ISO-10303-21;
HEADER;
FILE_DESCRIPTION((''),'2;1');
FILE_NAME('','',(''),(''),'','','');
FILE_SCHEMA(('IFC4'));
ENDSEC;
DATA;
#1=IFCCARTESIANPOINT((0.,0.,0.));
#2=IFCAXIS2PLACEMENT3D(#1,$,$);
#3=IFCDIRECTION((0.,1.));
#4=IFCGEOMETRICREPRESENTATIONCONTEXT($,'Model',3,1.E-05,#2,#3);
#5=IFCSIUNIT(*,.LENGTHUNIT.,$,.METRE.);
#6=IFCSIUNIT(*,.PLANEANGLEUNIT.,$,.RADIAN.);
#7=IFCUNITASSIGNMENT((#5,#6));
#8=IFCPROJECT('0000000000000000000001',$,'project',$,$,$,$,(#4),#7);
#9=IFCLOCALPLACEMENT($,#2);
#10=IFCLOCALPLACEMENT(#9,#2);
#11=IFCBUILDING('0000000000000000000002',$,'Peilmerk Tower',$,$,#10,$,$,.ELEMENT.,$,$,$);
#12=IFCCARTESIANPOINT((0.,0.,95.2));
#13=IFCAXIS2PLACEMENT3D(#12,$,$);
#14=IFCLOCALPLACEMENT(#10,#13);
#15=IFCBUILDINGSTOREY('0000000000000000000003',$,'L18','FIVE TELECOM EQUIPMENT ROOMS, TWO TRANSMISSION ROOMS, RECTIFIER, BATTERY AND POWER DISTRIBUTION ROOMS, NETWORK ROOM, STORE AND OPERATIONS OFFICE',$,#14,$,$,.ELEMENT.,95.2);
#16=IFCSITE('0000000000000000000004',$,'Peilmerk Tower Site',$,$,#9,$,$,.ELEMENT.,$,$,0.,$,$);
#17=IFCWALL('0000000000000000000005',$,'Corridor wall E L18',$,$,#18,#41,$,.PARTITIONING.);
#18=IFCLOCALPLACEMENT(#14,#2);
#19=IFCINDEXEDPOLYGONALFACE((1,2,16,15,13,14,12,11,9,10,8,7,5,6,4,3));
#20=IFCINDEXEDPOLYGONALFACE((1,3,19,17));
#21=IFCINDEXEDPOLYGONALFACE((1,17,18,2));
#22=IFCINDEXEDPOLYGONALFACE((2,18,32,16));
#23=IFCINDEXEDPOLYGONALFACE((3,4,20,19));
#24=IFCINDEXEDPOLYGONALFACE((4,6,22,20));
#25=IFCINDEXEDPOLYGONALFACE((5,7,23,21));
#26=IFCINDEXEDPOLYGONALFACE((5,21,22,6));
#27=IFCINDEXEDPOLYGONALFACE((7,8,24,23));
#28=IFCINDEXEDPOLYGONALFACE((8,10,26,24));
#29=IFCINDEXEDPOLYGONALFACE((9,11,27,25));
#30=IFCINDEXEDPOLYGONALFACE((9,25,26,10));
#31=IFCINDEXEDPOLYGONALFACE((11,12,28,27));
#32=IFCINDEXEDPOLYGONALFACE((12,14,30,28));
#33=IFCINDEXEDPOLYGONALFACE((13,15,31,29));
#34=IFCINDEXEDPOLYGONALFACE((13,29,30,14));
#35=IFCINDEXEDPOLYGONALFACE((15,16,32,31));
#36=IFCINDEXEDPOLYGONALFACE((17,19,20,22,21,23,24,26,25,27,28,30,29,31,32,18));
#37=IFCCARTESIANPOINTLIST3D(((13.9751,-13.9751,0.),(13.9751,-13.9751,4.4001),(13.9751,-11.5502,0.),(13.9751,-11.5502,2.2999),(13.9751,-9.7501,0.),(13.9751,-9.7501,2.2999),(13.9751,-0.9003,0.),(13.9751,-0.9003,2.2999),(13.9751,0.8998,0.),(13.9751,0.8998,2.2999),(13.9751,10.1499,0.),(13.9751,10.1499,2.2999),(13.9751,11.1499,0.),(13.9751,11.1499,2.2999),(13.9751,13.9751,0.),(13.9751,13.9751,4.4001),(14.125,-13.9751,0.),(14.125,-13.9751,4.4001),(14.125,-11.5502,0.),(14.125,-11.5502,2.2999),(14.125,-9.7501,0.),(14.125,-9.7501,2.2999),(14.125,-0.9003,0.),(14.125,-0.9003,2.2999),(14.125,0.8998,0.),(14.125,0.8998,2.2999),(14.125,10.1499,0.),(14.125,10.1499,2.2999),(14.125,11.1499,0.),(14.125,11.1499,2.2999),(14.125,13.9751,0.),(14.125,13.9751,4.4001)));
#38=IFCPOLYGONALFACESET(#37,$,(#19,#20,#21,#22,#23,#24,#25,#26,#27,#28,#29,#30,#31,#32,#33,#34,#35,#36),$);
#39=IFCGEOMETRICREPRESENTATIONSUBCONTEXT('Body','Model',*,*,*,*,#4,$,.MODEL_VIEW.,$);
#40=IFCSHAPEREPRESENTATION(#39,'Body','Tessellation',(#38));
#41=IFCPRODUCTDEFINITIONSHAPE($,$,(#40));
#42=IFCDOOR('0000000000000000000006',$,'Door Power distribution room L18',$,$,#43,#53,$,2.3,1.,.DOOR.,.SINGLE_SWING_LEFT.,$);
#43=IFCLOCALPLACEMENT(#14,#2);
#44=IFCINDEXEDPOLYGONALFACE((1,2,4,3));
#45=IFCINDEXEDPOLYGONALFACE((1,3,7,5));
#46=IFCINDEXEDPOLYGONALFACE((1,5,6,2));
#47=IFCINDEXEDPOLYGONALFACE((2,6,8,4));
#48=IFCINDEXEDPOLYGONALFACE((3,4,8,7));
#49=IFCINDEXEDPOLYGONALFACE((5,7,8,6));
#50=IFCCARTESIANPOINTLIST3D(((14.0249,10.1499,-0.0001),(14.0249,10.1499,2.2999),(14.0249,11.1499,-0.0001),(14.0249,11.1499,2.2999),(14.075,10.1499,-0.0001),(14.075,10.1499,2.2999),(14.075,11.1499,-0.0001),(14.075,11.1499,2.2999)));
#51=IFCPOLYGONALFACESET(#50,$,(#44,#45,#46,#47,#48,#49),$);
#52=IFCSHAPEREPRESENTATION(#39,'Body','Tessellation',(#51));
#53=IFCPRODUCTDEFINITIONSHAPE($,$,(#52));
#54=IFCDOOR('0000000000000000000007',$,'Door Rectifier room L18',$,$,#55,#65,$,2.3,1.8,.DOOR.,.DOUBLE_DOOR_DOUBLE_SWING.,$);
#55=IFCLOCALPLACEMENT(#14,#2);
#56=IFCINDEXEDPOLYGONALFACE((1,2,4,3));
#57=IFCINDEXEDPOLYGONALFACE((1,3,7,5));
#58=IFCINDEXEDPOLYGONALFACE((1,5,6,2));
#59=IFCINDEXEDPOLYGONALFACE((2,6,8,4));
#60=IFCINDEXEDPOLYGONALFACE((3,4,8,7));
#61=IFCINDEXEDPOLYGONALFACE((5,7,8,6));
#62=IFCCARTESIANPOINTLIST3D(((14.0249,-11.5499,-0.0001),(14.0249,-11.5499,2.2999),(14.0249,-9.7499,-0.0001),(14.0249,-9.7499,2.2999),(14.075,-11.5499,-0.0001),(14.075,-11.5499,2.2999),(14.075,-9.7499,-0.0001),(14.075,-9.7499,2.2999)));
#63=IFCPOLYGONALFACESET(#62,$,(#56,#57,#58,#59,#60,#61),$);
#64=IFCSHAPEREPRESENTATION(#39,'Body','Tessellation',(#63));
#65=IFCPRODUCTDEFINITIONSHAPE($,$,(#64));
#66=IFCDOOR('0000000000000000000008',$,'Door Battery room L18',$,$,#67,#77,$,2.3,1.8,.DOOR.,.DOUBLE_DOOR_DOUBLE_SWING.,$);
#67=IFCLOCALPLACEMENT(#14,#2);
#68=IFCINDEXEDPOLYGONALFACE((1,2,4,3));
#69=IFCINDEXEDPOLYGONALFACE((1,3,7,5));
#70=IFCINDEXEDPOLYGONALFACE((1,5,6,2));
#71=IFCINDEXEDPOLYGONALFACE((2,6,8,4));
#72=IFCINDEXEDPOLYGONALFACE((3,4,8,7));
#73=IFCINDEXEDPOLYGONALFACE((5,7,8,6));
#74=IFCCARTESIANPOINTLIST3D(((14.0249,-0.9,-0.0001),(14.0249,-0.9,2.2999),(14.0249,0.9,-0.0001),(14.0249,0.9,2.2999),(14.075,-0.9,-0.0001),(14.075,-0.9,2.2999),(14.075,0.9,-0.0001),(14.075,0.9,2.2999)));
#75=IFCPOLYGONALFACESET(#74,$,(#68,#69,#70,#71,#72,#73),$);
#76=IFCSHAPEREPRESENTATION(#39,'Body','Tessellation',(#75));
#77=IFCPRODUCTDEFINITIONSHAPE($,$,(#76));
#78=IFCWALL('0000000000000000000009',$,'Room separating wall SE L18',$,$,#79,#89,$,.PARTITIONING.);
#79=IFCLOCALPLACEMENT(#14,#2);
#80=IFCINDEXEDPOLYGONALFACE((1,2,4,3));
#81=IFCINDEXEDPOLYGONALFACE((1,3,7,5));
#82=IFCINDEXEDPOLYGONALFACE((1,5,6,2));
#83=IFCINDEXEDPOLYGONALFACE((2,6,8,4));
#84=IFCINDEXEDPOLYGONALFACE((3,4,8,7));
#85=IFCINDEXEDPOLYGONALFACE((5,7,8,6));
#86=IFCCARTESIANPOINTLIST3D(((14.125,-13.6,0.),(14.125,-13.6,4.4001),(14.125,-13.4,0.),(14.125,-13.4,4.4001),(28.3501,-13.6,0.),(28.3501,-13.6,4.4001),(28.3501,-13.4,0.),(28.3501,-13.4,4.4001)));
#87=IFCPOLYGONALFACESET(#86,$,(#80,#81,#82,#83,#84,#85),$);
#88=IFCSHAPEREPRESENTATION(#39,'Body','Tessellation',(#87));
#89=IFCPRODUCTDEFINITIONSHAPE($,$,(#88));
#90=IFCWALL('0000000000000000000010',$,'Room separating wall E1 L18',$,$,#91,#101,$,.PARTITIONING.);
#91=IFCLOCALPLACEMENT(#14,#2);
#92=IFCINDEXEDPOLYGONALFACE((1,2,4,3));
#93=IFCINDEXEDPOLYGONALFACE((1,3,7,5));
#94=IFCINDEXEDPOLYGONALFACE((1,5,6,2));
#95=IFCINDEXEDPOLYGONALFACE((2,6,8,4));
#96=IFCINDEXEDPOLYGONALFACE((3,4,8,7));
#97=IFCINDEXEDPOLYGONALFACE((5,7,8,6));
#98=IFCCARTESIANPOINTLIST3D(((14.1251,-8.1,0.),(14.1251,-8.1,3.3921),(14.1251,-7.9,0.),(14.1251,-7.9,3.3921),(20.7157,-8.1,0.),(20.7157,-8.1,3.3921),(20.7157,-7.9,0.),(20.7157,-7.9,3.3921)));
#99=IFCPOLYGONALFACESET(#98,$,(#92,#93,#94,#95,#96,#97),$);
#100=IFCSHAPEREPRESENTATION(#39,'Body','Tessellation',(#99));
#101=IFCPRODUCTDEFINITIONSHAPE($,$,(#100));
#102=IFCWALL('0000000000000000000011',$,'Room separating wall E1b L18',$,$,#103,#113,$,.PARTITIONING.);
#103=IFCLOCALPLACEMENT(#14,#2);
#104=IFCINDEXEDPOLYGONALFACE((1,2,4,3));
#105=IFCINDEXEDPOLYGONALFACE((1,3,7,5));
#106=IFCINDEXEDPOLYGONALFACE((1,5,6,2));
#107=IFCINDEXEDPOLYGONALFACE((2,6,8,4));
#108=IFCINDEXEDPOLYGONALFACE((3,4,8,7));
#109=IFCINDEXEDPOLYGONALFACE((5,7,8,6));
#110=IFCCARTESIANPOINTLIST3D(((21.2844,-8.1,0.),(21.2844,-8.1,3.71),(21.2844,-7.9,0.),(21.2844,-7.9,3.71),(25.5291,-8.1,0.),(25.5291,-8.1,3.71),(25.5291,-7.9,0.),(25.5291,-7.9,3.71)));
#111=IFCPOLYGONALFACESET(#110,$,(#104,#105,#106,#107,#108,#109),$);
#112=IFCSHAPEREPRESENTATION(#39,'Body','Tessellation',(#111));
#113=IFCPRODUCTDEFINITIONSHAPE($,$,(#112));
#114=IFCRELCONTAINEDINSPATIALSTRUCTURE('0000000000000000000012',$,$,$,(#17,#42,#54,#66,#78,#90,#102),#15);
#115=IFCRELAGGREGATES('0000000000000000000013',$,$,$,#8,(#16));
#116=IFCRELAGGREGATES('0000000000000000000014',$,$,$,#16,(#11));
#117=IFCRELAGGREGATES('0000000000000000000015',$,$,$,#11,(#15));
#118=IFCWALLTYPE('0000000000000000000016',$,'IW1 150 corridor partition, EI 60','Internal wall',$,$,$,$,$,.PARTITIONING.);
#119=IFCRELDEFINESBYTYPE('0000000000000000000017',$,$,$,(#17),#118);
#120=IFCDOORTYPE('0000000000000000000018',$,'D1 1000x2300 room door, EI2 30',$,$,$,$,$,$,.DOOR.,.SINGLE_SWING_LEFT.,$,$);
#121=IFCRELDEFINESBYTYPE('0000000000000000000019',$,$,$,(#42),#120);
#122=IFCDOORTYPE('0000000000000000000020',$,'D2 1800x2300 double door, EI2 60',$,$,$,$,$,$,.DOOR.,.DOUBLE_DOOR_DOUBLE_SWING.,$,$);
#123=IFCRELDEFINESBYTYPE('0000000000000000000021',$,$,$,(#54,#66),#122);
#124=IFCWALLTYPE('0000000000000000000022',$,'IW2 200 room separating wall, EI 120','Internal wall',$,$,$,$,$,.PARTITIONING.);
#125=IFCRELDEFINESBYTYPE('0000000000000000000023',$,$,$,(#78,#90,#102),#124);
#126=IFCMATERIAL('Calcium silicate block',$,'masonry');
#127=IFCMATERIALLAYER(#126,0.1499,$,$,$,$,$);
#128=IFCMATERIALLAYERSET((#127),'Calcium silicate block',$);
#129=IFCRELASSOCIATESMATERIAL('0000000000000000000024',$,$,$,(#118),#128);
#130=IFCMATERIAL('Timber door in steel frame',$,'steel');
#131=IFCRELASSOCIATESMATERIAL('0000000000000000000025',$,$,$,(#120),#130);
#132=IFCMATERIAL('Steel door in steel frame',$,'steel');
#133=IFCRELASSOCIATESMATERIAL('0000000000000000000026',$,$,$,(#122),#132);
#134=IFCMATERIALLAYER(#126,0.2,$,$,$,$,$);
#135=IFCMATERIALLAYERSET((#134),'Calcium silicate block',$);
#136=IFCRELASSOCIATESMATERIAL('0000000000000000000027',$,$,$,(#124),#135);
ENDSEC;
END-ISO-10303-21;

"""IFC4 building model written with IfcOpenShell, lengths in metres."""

from ifc_helpers import new_model, si_unit, direction, frame, frame_2d, origin, place, context, subcontext, project, spatial, rectangle, extrude, material, layer, layer_set, type_object, element, fill, save


model = new_model("IFC4")

# Units and contexts
model_context = context("Model", 3, precision=1e-05, world=origin(), true_north=direction((0.0, 1.0)))
body_context = subcontext(model_context, "Body", "Model", "MODEL_VIEW")
ifc_project = project(units=[si_unit("LENGTHUNIT", "METRE"), si_unit("PLANEANGLEUNIT", "RADIAN")], contexts=[model_context])

# Site, building, storey
site_placement = place(None, origin())
site = spatial("IfcSite", under=ifc_project, at=site_placement, Name="Peilmerk Tower Site", CompositionType="ELEMENT", RefElevation=0.0)
building_placement = place(site_placement, origin())
building = spatial("IfcBuilding", under=site, at=building_placement, Name="Peilmerk Tower", CompositionType="ELEMENT")
storey_placement = place(building_placement, frame((0.0, 0.0, 95.2)))
storey = spatial("IfcBuildingStorey", under=building, at=storey_placement, Name="L18", Description="FIVE TELECOM EQUIPMENT ROOMS, TWO TRANSMISSION ROOMS, RECTIFIER, BATTERY AND POWER DISTRIBUTION ROOMS, NETWORK ROOM, STORE AND OPERATIONS OFFICE", CompositionType="ELEMENT", Elevation=95.2)

# Wall, openings, doors
ifc_material_1 = material(Name="Calcium silicate block", Category="masonry")
ifc_layer_1 = layer(ifc_material_1, 0.1499)
ifc_layer_set_1 = layer_set([ifc_layer_1], Name="Calcium silicate block")
wall_type_1 = type_object("IfcWallType", Name="IW1 150 corridor partition, EI 60", Description="Internal wall", PredefinedType="PARTITIONING", material=ifc_layer_set_1)
ifc_material_2 = material(Name="Timber door in steel frame", Category="steel")
door_type_1 = type_object("IfcDoorType", Name="D1 1000x2300 room door, EI2 30", OperationType="SINGLE_SWING_LEFT", PredefinedType="DOOR", material=ifc_material_2)
ifc_material_3 = material(Name="Steel door in steel frame", Category="steel")
door_type_2 = type_object("IfcDoorType", Name="D2 1800x2300 double door, EI2 60", OperationType="DOUBLE_DOOR_DOUBLE_SWING", PredefinedType="DOOR", material=ifc_material_3)
wall_1_placement = place(storey_placement, frame((14.05, -13.9751, 0.0), z_axis=(0.0, 0.0, 1.0), x_axis=(0.0, 1.0, 0.0)))
wall_1 = element("IfcWall", 1, at=wall_1_placement, inside=storey, type_object=wall_type_1, Name="Corridor wall E L18", PredefinedType="PARTITIONING", context=body_context, shape_type="SweptSolid", body=[
    extrude(rectangle(XDim=27.9502, YDim=0.1499, at=frame_2d((13.9751, 0.0))), origin(), (0.0, 0.0, 1.0), 4.4001),
])
opening_1_placement = place(wall_1_placement, frame((2.425, 0.0, 0.0)))
opening_1 = element("IfcOpeningElement", 2, at=opening_1_placement, cuts=wall_1, PredefinedType="OPENING", context=body_context, shape_type="SweptSolid", body=[
    extrude(rectangle(XDim=1.8, YDim=2.3, at=frame_2d((0.8999, 1.1499))), frame((0.0, 0.085, 0.0), z_axis=(0.0, -1.0, 0.0), x_axis=(1.0, 0.0, 0.0)), (0.0, 0.0, 1.0), 0.1699),
])
opening_2_placement = place(wall_1_placement, frame((13.075, 0.0, 0.0)))
opening_2 = element("IfcOpeningElement", 3, at=opening_2_placement, cuts=wall_1, PredefinedType="OPENING", context=body_context, shape_type="SweptSolid", body=[
    extrude(rectangle(XDim=1.8, YDim=2.3, at=frame_2d((0.8999, 1.1499))), frame((0.0, 0.085, 0.0), z_axis=(0.0, -1.0, 0.0), x_axis=(1.0, 0.0, 0.0)), (0.0, 0.0, 1.0), 0.1699),
])
opening_3_placement = place(wall_1_placement, frame((24.125, 0.0, 0.0)))
opening_3 = element("IfcOpeningElement", 4, at=opening_3_placement, cuts=wall_1, PredefinedType="OPENING", context=body_context, shape_type="SweptSolid", body=[
    extrude(rectangle(XDim=1.0, YDim=2.3, at=frame_2d((0.5, 1.1499))), frame((0.0, 0.085, 0.0), z_axis=(0.0, -1.0, 0.0), x_axis=(1.0, 0.0, 0.0)), (0.0, 0.0, 1.0), 0.1699),
])
door_1_placement = place(opening_3_placement, frame((1.0, 0.0, 0.0), z_axis=(0.0, 0.0, 1.0), x_axis=(-1.0, 0.0, 0.0)))
door_1 = element("IfcDoor", 5, at=door_1_placement, inside=storey, type_object=door_type_1, Name="Door Power distribution room L18", OperationType="SINGLE_SWING_LEFT", OverallHeight=2.3, OverallWidth=1.0, PredefinedType="DOOR", context=body_context, shape_type="SweptSolid", body=[
    extrude(rectangle(XDim=1.0, YDim=2.3, at=frame_2d((0.5, 1.1499))), frame((0.0, 0.0249, 0.0), z_axis=(0.0, -1.0, 0.0), x_axis=(1.0, 0.0, 0.0)), (0.0, 0.0, 1.0), 0.05),
])
fill(opening_3, door_1)
door_2_placement = place(opening_1_placement, frame((1.8, 0.0, 0.0), z_axis=(0.0, 0.0, 1.0), x_axis=(-1.0, 0.0, 0.0)))
door_2 = element("IfcDoor", 6, at=door_2_placement, inside=storey, type_object=door_type_2, Name="Door Rectifier room L18", OperationType="DOUBLE_DOOR_DOUBLE_SWING", OverallHeight=2.3, OverallWidth=1.8, PredefinedType="DOOR", context=body_context, shape_type="SweptSolid", body=[
    extrude(rectangle(XDim=1.8, YDim=2.3, at=frame_2d((0.8999, 1.1499))), frame((0.0, 0.0249, 0.0), z_axis=(0.0, -1.0, 0.0), x_axis=(1.0, 0.0, 0.0)), (0.0, 0.0, 1.0), 0.05),
])
fill(opening_1, door_2)
door_3_placement = place(opening_2_placement, frame((1.8, 0.0, 0.0), z_axis=(0.0, 0.0, 1.0), x_axis=(-1.0, 0.0, 0.0)))
door_3 = element("IfcDoor", 7, at=door_3_placement, inside=storey, type_object=door_type_2, Name="Door Battery room L18", OperationType="DOUBLE_DOOR_DOUBLE_SWING", OverallHeight=2.3, OverallWidth=1.8, PredefinedType="DOOR", context=body_context, shape_type="SweptSolid", body=[
    extrude(rectangle(XDim=1.8, YDim=2.3, at=frame_2d((0.8999, 1.1499))), frame((0.0, 0.0249, 0.0), z_axis=(0.0, -1.0, 0.0), x_axis=(1.0, 0.0, 0.0)), (0.0, 0.0, 1.0), 0.05),
])
fill(opening_2, door_3)

# Walls
ifc_layer_2 = layer(ifc_material_1, 0.2)
ifc_layer_set_2 = layer_set([ifc_layer_2], Name="Calcium silicate block")
wall_type_2 = type_object("IfcWallType", Name="IW2 200 room separating wall, EI 120", Description="Internal wall", PredefinedType="PARTITIONING", material=ifc_layer_set_2)
wall_2_placement = place(storey_placement, frame((28.3501, -13.5, 0.0), z_axis=(0.0, 0.0, 1.0), x_axis=(-1.0, 0.0, 0.0)))
element("IfcWall", 8, at=wall_2_placement, inside=storey, type_object=wall_type_2, Name="Room separating wall SE L18", PredefinedType="PARTITIONING", context=body_context, shape_type="SweptSolid", body=[
    extrude(rectangle(XDim=14.2251, YDim=0.2, at=frame_2d((7.1125, 0.0))), origin(), (0.0, 0.0, 1.0), 4.4001),
])
wall_3_placement = place(storey_placement, frame((14.125, -8.0, 0.0), z_axis=(0.0, 0.0, 1.0), x_axis=(1.0, 0.0, 0.0)))
element("IfcWall", 9, at=wall_3_placement, inside=storey, type_object=wall_type_2, Name="Room separating wall E1 L18", PredefinedType="PARTITIONING", context=body_context, shape_type="SweptSolid", body=[
    extrude(rectangle(XDim=6.5906, YDim=0.2, at=frame_2d((3.2954, 0.0))), origin(), (0.0, 0.0, 1.0), 3.3921),
])
wall_4_placement = place(storey_placement, frame((21.2844, -8.0, 0.0), z_axis=(0.0, 0.0, 1.0), x_axis=(1.0, 0.0, 0.0)))
element("IfcWall", 10, at=wall_4_placement, inside=storey, type_object=wall_type_2, Name="Room separating wall E1b L18", PredefinedType="PARTITIONING", context=body_context, shape_type="SweptSolid", body=[
    extrude(rectangle(XDim=4.2446, YDim=0.2, at=frame_2d((2.1223, 0.0))), origin(), (0.0, 0.0, 1.0), 3.71),
])

save(model, "model.ifc")
